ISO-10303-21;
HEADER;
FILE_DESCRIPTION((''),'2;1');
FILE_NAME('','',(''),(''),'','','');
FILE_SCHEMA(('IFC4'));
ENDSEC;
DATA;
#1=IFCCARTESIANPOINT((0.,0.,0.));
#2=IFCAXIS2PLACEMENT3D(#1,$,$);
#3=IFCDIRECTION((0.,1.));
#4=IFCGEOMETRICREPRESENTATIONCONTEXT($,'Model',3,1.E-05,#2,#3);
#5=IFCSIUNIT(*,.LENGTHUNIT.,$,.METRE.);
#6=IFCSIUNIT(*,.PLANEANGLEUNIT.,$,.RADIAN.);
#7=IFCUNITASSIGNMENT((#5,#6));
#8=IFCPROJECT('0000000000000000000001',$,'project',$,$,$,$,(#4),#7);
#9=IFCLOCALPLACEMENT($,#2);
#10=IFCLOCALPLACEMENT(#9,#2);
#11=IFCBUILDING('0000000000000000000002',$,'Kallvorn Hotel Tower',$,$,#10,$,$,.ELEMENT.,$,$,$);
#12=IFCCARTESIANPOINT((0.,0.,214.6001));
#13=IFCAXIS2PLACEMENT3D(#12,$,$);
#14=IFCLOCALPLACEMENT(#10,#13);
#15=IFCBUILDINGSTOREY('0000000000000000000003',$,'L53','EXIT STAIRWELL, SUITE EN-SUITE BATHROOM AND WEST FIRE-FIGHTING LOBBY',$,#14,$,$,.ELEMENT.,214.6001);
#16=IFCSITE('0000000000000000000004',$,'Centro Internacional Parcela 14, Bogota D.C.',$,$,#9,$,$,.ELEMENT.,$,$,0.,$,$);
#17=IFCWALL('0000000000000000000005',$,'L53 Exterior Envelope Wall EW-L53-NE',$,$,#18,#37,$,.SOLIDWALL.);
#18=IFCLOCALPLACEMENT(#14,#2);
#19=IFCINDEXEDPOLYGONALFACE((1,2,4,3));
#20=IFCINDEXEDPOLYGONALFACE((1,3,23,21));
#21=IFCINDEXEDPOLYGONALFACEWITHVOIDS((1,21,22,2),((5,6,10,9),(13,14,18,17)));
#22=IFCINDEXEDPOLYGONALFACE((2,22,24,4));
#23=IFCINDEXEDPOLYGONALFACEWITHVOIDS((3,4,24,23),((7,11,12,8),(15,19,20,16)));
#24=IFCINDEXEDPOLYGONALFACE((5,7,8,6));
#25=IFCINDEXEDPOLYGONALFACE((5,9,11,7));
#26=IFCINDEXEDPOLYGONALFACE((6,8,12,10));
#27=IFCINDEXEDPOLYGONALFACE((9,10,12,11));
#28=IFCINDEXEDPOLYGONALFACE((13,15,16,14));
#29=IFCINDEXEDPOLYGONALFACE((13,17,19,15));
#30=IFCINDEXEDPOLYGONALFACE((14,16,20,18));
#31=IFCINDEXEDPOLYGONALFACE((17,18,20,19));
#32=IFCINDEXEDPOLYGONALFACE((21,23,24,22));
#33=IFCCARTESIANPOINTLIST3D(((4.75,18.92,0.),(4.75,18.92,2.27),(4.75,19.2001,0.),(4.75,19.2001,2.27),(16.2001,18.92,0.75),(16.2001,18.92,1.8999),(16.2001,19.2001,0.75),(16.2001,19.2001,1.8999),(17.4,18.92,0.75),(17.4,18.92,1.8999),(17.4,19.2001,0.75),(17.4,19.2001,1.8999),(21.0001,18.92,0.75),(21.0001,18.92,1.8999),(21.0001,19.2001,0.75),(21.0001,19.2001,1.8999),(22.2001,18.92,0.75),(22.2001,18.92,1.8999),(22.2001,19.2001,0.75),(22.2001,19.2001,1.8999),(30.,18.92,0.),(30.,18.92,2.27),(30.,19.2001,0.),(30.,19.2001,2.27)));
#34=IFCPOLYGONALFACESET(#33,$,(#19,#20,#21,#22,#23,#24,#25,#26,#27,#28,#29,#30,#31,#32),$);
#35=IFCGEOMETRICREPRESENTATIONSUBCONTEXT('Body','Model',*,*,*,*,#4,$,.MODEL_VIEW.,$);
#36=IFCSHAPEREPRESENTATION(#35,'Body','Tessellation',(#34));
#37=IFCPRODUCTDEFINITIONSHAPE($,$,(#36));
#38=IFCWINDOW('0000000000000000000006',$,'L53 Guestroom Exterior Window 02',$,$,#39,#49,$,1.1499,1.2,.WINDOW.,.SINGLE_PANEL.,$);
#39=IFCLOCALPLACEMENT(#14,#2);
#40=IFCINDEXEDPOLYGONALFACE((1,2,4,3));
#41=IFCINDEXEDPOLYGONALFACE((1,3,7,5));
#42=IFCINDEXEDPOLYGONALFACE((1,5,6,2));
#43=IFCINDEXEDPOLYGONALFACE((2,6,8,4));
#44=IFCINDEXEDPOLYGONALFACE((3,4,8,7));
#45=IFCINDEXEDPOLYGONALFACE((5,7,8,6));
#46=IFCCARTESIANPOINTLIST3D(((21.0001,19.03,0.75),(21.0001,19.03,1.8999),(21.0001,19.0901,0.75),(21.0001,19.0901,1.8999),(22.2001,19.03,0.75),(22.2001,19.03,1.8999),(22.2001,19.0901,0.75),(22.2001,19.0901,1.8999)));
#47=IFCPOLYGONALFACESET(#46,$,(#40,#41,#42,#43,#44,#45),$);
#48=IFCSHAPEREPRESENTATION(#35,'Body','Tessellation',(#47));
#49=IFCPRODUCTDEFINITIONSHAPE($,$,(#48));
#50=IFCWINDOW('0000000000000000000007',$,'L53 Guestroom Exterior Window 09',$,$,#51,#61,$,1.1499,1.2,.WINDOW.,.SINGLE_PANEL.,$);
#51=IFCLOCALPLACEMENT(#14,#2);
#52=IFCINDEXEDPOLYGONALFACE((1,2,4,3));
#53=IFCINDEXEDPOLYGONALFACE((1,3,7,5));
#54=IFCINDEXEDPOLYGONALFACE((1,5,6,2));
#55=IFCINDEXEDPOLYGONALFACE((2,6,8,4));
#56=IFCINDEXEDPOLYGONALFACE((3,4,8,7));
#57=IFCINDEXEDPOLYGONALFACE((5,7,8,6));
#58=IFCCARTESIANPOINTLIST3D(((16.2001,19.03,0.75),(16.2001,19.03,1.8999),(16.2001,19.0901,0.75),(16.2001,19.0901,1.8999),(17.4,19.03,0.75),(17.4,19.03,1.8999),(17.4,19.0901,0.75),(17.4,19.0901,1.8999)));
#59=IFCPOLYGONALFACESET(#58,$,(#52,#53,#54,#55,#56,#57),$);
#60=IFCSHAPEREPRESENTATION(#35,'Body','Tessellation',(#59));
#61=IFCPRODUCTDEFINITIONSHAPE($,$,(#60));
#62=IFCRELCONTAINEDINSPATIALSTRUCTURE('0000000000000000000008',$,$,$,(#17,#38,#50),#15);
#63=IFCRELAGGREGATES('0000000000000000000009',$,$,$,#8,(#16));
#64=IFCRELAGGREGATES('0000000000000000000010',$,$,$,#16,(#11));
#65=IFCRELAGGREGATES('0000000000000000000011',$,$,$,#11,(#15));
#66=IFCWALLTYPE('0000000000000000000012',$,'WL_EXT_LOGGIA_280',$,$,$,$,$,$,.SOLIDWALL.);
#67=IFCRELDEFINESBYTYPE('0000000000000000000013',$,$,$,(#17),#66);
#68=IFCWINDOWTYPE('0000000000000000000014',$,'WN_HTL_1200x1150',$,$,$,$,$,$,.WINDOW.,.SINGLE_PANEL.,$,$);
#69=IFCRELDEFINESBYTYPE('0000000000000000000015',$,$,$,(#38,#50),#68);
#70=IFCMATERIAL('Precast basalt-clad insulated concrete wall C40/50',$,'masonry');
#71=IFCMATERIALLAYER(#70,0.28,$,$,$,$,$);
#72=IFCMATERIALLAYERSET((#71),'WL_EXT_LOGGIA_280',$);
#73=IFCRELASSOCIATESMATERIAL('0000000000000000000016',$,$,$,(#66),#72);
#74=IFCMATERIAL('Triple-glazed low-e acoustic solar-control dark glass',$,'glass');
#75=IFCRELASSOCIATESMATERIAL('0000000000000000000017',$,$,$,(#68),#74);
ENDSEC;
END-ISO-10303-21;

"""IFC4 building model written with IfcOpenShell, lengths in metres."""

from ifc_helpers import new_model, si_unit, direction, frame, frame_2d, origin, place, context, subcontext, project, spatial, rectangle, extrude, material, layer, layer_set, type_object, element, fill, save


model = new_model("IFC4")

# Units and contexts
model_context = context("Model", 3, precision=1e-05, world=origin(), true_north=direction((0.0, 1.0)))
body_context = subcontext(model_context, "Body", "Model", "MODEL_VIEW")
ifc_project = project(units=[si_unit("LENGTHUNIT", "METRE"), si_unit("PLANEANGLEUNIT", "RADIAN")], contexts=[model_context])

# Site, building, storey
site_placement = place(None, origin())
site = spatial("IfcSite", under=ifc_project, at=site_placement, Name="Centro Internacional Parcela 14, Bogota D.C.", CompositionType="ELEMENT", RefElevation=0.0)
building_placement = place(site_placement, origin())
building = spatial("IfcBuilding", under=site, at=building_placement, Name="Kallvorn Hotel Tower", CompositionType="ELEMENT")
storey_placement = place(building_placement, frame((0.0, 0.0, 214.6001)))
storey = spatial("IfcBuildingStorey", under=building, at=storey_placement, Name="L53", Description="EXIT STAIRWELL, SUITE EN-SUITE BATHROOM AND WEST FIRE-FIGHTING LOBBY", CompositionType="ELEMENT", Elevation=214.6001)

# Wall, openings, windows
ifc_material_1 = material(Name="Precast basalt-clad insulated concrete wall C40/50", Category="masonry")
ifc_layer_1 = layer(ifc_material_1, 0.28)
ifc_layer_set_1 = layer_set([ifc_layer_1], Name="WL_EXT_LOGGIA_280")
wall_type_1 = type_object("IfcWallType", Name="WL_EXT_LOGGIA_280", PredefinedType="SOLIDWALL", material=ifc_layer_set_1)
wall_1_placement = place(storey_placement, frame((4.75, 19.0601, 0.0), z_axis=(0.0, 0.0, 1.0), x_axis=(1.0, 0.0, 0.0)))
wall_1 = element("IfcWall", 1, at=wall_1_placement, inside=storey, type_object=wall_type_1, Name="L53 Exterior Envelope Wall EW-L53-NE", PredefinedType="SOLIDWALL", context=body_context, shape_type="SweptSolid", body=[
    extrude(rectangle(XDim=25.25, YDim=0.28, at=frame_2d((12.625, 0.0))), origin(), (0.0, 0.0, 1.0), 2.27),
])
opening_1_placement = place(wall_1_placement, frame((16.25, 0.0, 0.75)))
opening_1 = element("IfcOpeningElement", 2, at=opening_1_placement, cuts=wall_1, PredefinedType="OPENING", context=body_context, shape_type="SweptSolid", body=[
    extrude(rectangle(XDim=1.2, YDim=1.1499, at=frame_2d((0.6001, 0.575))), frame((0.0, 0.155, 0.0), z_axis=(0.0, -1.0, 0.0), x_axis=(1.0, 0.0, 0.0)), (0.0, 0.0, 1.0), 0.3101),
])
opening_2_placement = place(wall_1_placement, frame((11.45, 0.0, 0.75)))
opening_2 = element("IfcOpeningElement", 3, at=opening_2_placement, cuts=wall_1, PredefinedType="OPENING", context=body_context, shape_type="SweptSolid", body=[
    extrude(rectangle(XDim=1.2, YDim=1.1499, at=frame_2d((0.6001, 0.575))), frame((0.0, 0.155, 0.0), z_axis=(0.0, -1.0, 0.0), x_axis=(1.0, 0.0, 0.0)), (0.0, 0.0, 1.0), 0.3101),
])
ifc_material_2 = material(Name="Triple-glazed low-e acoustic solar-control dark glass", Category="glass")
window_type = type_object("IfcWindowType", Name="WN_HTL_1200x1150", PartitioningType="SINGLE_PANEL", PredefinedType="WINDOW", material=ifc_material_2)
window_1_placement = place(opening_1_placement, origin())
window_1 = element("IfcWindow", 4, at=window_1_placement, inside=storey, type_object=window_type, Name="L53 Guestroom Exterior Window 02", OverallHeight=1.1499, OverallWidth=1.2, PartitioningType="SINGLE_PANEL", PredefinedType="WINDOW", context=body_context, shape_type="SweptSolid", body=[
    extrude(rectangle(XDim=1.2, YDim=1.1499, at=frame_2d((0.6001, 0.575))), frame((0.0, 0.03, 0.0), z_axis=(0.0, -1.0, 0.0), x_axis=(1.0, 0.0, 0.0)), (0.0, 0.0, 1.0), 0.0601),
])
fill(opening_1, window_1)
window_2_placement = place(opening_2_placement, origin())
window_2 = element("IfcWindow", 5, at=window_2_placement, inside=storey, type_object=window_type, Name="L53 Guestroom Exterior Window 09", OverallHeight=1.1499, OverallWidth=1.2, PartitioningType="SINGLE_PANEL", PredefinedType="WINDOW", context=body_context, shape_type="SweptSolid", body=[
    extrude(rectangle(XDim=1.2, YDim=1.1499, at=frame_2d((0.6001, 0.575))), frame((0.0, 0.03, 0.0), z_axis=(0.0, -1.0, 0.0), x_axis=(1.0, 0.0, 0.0)), (0.0, 0.0, 1.0), 0.0601),
])
fill(opening_2, window_2)

save(model, "model.ifc")
